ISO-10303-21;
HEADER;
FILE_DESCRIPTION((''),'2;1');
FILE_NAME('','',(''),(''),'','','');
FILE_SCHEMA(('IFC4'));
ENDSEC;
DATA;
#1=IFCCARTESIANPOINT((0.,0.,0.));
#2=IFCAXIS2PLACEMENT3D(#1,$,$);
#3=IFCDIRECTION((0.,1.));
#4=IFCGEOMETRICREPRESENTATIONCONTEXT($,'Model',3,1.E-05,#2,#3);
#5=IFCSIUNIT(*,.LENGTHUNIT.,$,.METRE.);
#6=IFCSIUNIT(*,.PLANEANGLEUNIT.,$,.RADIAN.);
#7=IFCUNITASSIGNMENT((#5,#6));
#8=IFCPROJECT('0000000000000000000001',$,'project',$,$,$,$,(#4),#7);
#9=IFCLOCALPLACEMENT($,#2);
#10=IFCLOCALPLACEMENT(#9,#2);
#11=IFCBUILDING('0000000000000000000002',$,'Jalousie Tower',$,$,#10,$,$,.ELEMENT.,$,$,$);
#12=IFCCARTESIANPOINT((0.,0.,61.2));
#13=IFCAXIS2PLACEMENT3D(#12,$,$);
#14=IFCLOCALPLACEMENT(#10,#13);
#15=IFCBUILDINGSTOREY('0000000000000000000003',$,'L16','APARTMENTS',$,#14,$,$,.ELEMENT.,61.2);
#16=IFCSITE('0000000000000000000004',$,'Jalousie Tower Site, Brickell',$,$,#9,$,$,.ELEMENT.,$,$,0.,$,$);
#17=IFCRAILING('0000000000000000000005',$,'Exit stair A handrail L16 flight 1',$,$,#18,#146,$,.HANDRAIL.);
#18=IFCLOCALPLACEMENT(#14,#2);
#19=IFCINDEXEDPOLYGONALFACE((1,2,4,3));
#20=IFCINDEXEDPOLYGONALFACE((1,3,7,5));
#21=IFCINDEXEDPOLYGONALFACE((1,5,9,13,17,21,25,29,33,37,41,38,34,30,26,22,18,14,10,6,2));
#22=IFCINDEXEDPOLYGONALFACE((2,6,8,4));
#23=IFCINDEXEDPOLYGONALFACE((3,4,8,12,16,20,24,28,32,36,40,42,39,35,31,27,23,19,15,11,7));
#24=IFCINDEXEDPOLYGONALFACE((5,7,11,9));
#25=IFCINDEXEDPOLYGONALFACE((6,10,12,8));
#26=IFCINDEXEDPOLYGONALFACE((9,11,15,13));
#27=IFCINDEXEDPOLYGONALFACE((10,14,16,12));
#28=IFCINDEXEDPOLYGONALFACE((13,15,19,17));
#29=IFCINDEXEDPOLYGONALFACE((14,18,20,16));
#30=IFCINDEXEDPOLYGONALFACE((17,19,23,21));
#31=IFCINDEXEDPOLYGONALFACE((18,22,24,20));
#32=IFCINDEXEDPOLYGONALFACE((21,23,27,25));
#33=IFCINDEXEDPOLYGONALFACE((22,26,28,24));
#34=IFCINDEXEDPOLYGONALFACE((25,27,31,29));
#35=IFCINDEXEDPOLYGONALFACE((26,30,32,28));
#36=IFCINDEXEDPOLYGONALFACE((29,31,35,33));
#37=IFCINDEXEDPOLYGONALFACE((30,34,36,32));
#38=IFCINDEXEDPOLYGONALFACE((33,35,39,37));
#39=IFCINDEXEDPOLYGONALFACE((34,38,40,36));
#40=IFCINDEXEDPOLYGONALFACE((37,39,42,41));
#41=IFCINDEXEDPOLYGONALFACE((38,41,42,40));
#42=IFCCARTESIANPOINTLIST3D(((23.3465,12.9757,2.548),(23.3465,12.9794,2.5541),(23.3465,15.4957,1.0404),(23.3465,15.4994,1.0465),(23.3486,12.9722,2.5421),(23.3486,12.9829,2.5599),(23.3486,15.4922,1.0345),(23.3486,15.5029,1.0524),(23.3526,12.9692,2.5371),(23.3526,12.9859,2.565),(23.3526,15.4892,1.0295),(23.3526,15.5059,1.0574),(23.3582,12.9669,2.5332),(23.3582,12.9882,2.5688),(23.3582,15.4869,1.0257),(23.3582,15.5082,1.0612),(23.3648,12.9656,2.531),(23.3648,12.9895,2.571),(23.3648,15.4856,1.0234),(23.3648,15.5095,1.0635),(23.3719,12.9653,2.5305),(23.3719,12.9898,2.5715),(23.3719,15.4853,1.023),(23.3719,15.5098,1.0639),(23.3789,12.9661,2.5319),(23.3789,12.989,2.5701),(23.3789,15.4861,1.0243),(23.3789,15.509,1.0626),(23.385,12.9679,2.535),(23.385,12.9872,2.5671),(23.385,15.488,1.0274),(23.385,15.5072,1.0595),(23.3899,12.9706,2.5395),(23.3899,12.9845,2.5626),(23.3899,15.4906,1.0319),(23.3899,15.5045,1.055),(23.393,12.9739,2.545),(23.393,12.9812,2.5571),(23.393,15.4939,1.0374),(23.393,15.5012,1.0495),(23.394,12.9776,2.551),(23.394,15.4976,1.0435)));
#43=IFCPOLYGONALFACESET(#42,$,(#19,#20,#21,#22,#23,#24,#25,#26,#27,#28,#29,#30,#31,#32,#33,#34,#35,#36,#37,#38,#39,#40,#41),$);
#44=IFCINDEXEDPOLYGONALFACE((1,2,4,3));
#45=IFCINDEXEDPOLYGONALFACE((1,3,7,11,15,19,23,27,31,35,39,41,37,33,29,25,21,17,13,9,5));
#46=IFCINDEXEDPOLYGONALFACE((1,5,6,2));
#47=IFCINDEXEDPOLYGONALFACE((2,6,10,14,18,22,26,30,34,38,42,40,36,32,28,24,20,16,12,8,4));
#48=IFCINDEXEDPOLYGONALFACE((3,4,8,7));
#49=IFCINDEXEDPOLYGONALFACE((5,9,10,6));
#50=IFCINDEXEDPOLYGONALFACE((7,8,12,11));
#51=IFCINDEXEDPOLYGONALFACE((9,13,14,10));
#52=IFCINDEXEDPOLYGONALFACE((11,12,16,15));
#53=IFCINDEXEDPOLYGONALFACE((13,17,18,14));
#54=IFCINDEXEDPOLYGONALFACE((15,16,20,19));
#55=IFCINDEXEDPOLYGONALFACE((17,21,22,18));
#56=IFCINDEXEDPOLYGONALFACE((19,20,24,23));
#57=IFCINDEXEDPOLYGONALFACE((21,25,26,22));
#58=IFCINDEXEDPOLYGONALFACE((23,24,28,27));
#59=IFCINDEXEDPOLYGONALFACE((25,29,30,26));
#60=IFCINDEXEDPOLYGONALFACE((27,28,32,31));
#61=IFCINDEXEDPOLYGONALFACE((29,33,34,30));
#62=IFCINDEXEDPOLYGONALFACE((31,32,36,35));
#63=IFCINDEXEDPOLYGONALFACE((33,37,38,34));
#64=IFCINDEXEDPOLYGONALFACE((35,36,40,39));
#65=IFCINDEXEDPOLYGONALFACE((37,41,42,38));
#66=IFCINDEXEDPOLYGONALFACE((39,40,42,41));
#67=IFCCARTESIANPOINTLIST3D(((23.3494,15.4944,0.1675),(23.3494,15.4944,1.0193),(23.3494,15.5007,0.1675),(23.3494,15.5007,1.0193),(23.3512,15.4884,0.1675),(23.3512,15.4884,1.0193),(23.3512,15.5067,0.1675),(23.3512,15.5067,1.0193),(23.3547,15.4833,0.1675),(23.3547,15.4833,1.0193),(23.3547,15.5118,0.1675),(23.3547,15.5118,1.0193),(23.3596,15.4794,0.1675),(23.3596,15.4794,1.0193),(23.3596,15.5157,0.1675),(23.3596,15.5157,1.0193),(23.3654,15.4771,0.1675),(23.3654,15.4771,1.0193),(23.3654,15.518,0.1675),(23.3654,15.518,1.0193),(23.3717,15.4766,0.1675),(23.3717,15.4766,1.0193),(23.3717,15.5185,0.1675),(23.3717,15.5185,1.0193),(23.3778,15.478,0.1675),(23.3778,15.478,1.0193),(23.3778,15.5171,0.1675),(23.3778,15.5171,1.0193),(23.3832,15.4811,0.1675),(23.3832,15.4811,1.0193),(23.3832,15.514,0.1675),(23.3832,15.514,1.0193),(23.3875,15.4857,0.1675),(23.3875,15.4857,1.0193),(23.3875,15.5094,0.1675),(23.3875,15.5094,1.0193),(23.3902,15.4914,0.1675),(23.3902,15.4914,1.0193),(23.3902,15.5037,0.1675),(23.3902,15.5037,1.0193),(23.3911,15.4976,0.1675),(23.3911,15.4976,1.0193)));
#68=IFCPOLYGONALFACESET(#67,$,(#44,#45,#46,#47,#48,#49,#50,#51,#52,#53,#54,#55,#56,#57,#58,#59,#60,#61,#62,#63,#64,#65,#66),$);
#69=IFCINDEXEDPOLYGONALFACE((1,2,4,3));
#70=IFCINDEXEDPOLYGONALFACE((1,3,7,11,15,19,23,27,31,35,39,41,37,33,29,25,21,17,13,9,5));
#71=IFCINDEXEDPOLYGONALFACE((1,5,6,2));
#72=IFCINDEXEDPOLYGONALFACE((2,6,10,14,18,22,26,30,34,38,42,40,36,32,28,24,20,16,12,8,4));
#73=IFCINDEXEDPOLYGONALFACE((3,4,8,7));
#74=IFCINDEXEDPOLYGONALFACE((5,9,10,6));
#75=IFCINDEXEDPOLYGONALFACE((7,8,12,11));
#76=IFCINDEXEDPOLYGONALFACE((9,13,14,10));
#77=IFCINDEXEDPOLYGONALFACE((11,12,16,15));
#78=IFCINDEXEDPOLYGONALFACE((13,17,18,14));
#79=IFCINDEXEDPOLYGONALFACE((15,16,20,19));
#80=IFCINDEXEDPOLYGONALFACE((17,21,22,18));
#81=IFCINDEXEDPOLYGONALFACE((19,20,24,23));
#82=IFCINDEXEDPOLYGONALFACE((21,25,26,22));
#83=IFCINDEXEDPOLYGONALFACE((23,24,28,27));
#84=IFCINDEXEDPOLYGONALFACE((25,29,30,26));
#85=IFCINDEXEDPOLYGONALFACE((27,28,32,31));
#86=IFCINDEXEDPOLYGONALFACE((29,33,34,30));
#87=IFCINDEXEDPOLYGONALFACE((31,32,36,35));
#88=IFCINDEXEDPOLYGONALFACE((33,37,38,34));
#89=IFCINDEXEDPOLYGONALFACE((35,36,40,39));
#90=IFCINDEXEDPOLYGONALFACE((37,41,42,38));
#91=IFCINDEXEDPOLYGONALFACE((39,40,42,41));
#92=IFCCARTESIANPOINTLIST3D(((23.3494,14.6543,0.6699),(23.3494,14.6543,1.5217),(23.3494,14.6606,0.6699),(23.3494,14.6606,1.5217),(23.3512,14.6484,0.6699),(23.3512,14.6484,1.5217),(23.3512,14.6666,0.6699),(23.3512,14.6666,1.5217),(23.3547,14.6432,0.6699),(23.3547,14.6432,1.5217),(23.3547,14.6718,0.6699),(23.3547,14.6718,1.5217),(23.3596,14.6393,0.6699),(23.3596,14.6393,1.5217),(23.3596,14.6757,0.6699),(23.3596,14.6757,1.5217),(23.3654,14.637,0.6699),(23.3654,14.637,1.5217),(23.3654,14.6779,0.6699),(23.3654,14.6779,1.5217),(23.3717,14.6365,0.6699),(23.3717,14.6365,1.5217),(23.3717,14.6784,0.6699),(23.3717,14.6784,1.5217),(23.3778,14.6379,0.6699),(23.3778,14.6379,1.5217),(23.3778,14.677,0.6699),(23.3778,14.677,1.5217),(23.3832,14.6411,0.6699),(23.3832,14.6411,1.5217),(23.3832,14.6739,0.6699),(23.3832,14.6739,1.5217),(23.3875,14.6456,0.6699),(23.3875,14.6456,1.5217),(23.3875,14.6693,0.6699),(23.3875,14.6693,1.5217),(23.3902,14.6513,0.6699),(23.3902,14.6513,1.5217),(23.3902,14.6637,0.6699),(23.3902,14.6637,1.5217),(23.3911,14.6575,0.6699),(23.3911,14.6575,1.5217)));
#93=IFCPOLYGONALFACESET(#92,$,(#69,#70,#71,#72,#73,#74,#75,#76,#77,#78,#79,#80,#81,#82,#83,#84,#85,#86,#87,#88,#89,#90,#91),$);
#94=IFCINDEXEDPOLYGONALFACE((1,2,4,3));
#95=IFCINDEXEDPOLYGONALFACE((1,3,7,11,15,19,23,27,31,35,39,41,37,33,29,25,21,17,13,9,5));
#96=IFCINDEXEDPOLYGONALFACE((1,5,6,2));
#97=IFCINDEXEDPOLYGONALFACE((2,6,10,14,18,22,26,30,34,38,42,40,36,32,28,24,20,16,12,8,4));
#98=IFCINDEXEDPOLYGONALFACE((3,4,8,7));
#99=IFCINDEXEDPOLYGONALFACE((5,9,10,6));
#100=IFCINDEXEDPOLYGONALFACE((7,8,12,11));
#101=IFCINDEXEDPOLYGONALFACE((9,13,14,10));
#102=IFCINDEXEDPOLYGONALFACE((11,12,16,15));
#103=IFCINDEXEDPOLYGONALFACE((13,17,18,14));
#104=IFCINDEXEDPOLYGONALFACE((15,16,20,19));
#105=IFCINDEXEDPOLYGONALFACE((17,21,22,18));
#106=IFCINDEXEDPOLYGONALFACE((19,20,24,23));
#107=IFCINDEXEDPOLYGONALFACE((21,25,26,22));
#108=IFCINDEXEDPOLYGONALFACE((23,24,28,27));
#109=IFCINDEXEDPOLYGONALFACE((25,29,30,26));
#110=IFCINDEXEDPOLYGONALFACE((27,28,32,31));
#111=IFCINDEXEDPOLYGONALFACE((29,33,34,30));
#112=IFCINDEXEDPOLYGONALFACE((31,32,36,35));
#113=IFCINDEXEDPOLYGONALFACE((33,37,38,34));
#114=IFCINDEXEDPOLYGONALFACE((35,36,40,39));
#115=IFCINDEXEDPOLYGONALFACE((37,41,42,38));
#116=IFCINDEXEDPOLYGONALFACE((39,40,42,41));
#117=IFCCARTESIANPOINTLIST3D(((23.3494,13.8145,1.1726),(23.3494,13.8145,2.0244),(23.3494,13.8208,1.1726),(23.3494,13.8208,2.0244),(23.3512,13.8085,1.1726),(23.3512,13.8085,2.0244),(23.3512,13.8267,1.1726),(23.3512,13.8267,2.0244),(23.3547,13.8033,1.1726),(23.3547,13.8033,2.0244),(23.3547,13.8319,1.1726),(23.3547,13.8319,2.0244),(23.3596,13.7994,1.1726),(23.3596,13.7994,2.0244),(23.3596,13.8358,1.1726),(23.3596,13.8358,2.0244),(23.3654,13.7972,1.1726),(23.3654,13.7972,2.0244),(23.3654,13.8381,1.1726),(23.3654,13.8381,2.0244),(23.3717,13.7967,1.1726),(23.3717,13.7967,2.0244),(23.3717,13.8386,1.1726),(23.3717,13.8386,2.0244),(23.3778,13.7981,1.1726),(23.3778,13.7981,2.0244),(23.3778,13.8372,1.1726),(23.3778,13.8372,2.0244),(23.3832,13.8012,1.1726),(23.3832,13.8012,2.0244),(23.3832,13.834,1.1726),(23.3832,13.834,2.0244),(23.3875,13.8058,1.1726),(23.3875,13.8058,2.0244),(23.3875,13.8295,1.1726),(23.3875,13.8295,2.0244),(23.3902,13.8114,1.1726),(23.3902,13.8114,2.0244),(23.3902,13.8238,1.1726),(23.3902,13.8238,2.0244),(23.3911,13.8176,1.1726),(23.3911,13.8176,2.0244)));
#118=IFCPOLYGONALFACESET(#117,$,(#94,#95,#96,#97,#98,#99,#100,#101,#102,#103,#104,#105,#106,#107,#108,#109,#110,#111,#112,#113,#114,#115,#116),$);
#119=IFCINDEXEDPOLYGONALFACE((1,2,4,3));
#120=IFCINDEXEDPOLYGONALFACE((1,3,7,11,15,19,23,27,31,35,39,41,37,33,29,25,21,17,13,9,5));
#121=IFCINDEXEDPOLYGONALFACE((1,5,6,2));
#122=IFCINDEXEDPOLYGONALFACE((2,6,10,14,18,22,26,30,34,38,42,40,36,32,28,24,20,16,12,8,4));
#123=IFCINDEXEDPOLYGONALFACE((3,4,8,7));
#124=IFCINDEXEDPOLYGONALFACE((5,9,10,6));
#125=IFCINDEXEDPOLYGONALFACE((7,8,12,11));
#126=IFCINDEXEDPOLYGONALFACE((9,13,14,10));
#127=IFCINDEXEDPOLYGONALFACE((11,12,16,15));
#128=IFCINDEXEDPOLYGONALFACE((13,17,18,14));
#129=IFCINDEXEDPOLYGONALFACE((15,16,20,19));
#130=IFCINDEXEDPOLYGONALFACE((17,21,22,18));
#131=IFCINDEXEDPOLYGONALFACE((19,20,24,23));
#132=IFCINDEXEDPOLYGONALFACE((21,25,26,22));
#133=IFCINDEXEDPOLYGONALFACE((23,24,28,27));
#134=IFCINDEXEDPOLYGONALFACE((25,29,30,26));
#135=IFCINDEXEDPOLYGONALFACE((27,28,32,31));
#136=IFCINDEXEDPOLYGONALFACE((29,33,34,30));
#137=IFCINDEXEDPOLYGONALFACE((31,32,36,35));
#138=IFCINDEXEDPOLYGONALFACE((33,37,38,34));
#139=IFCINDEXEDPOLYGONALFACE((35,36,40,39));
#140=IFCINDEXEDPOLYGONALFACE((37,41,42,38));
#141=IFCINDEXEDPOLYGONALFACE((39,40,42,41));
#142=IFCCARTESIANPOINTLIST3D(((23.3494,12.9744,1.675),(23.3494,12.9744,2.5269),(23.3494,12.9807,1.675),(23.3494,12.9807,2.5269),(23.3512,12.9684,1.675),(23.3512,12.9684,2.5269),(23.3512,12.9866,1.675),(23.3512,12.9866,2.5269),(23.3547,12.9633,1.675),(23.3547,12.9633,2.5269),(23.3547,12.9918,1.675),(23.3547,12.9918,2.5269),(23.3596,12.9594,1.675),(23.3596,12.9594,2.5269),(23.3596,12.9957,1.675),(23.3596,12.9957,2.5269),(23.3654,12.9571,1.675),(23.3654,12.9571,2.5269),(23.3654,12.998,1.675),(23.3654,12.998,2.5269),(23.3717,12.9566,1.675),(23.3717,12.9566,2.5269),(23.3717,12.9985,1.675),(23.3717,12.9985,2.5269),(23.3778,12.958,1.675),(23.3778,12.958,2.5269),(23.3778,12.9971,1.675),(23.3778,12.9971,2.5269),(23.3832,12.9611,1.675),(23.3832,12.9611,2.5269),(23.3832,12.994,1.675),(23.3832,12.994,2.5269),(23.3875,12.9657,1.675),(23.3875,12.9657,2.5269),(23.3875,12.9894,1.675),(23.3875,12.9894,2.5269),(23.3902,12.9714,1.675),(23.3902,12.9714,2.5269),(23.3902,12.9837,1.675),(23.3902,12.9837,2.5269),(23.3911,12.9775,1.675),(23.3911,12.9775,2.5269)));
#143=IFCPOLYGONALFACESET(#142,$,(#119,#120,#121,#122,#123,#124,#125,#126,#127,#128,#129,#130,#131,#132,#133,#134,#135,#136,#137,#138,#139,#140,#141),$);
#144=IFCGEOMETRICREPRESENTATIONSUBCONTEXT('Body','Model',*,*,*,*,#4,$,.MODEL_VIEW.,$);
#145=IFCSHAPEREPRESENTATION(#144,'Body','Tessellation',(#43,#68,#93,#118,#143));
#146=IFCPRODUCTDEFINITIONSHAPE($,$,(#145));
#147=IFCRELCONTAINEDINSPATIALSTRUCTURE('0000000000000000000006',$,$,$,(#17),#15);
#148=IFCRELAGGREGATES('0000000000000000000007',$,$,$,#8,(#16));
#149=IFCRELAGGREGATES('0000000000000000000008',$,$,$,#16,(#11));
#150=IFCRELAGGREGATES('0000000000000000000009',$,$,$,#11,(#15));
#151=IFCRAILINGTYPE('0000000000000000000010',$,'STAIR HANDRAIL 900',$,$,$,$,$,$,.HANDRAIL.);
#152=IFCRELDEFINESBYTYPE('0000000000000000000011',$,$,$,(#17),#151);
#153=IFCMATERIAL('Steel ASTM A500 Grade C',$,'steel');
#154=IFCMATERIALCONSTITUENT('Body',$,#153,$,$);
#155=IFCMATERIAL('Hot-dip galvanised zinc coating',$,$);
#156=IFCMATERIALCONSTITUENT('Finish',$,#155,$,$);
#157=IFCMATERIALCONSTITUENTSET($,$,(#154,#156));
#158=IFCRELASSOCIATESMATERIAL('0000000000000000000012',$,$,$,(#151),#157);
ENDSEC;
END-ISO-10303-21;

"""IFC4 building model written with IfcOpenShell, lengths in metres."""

from ifc_helpers import new_model, si_unit, direction, frame, origin, origin_2d, place, context, subcontext, project, spatial, circle, extrude, material, constituent, constituent_set, type_object, element, save


model = new_model("IFC4")

# Units and contexts
model_context = context("Model", 3, precision=1e-05, world=origin(), true_north=direction((0.0, 1.0)))
body_context = subcontext(model_context, "Body", "Model", "MODEL_VIEW")
ifc_project = project(units=[si_unit("LENGTHUNIT", "METRE"), si_unit("PLANEANGLEUNIT", "RADIAN")], contexts=[model_context])

# Site, building, storey
site_placement = place(None, origin())
site = spatial("IfcSite", under=ifc_project, at=site_placement, Name="Jalousie Tower Site, Brickell", CompositionType="ELEMENT", RefElevation=0.0)
building_placement = place(site_placement, origin())
building = spatial("IfcBuilding", under=site, at=building_placement, Name="Jalousie Tower", CompositionType="ELEMENT")
storey_placement = place(building_placement, frame((0.0, 0.0, 61.2)))
storey = spatial("IfcBuildingStorey", under=building, at=storey_placement, Name="L16", Description="APARTMENTS", CompositionType="ELEMENT", Elevation=61.2)

# Railing
ifc_material_1 = material(Name="Steel ASTM A500 Grade C", Category="steel")
ifc_constituent_1 = constituent(ifc_material_1, Name="Body")
ifc_material_2 = material(Name="Hot-dip galvanised zinc coating")
ifc_constituent_2 = constituent(ifc_material_2, Name="Finish")
ifc_constituent_set_1 = constituent_set(constituents=[ifc_constituent_1, ifc_constituent_2])
railing_type_1 = type_object("IfcRailingType", Name="STAIR HANDRAIL 900", PredefinedType="HANDRAIL", material=ifc_constituent_set_1)
railing_1_placement = place(storey_placement, frame((23.3701, 15.4976, 0.1675)))
element("IfcRailing", 1, at=railing_1_placement, inside=storey, type_object=railing_type_1, Name="Exit stair A handrail L16 flight 1", PredefinedType="HANDRAIL", context=body_context, shape_type="SweptSolid", body=[
    extrude(circle(Radius=0.0239, at=origin_2d()), frame((0.0, 0.0, 0.876), z_axis=(0.0, -0.85816, 0.513383), x_axis=(1.0, 0.0, 0.0)), (0.0, 0.0, 1.0), 2.9365),
    extrude(circle(Radius=0.021, at=origin_2d()), origin(), (0.0, 0.0, 1.0), 0.8518),
    extrude(circle(Radius=0.021, at=origin_2d()), frame((0.0, -0.8401, 0.5024)), (0.0, 0.0, 1.0), 0.8518),
    extrude(circle(Radius=0.021, at=origin_2d()), frame((0.0, -1.6799, 1.0051)), (0.0, 0.0, 1.0), 0.8518),
    extrude(circle(Radius=0.021, at=origin_2d()), frame((0.0, -2.52, 1.5076)), (0.0, 0.0, 1.0), 0.8518),
])

save(model, "model.ifc")
